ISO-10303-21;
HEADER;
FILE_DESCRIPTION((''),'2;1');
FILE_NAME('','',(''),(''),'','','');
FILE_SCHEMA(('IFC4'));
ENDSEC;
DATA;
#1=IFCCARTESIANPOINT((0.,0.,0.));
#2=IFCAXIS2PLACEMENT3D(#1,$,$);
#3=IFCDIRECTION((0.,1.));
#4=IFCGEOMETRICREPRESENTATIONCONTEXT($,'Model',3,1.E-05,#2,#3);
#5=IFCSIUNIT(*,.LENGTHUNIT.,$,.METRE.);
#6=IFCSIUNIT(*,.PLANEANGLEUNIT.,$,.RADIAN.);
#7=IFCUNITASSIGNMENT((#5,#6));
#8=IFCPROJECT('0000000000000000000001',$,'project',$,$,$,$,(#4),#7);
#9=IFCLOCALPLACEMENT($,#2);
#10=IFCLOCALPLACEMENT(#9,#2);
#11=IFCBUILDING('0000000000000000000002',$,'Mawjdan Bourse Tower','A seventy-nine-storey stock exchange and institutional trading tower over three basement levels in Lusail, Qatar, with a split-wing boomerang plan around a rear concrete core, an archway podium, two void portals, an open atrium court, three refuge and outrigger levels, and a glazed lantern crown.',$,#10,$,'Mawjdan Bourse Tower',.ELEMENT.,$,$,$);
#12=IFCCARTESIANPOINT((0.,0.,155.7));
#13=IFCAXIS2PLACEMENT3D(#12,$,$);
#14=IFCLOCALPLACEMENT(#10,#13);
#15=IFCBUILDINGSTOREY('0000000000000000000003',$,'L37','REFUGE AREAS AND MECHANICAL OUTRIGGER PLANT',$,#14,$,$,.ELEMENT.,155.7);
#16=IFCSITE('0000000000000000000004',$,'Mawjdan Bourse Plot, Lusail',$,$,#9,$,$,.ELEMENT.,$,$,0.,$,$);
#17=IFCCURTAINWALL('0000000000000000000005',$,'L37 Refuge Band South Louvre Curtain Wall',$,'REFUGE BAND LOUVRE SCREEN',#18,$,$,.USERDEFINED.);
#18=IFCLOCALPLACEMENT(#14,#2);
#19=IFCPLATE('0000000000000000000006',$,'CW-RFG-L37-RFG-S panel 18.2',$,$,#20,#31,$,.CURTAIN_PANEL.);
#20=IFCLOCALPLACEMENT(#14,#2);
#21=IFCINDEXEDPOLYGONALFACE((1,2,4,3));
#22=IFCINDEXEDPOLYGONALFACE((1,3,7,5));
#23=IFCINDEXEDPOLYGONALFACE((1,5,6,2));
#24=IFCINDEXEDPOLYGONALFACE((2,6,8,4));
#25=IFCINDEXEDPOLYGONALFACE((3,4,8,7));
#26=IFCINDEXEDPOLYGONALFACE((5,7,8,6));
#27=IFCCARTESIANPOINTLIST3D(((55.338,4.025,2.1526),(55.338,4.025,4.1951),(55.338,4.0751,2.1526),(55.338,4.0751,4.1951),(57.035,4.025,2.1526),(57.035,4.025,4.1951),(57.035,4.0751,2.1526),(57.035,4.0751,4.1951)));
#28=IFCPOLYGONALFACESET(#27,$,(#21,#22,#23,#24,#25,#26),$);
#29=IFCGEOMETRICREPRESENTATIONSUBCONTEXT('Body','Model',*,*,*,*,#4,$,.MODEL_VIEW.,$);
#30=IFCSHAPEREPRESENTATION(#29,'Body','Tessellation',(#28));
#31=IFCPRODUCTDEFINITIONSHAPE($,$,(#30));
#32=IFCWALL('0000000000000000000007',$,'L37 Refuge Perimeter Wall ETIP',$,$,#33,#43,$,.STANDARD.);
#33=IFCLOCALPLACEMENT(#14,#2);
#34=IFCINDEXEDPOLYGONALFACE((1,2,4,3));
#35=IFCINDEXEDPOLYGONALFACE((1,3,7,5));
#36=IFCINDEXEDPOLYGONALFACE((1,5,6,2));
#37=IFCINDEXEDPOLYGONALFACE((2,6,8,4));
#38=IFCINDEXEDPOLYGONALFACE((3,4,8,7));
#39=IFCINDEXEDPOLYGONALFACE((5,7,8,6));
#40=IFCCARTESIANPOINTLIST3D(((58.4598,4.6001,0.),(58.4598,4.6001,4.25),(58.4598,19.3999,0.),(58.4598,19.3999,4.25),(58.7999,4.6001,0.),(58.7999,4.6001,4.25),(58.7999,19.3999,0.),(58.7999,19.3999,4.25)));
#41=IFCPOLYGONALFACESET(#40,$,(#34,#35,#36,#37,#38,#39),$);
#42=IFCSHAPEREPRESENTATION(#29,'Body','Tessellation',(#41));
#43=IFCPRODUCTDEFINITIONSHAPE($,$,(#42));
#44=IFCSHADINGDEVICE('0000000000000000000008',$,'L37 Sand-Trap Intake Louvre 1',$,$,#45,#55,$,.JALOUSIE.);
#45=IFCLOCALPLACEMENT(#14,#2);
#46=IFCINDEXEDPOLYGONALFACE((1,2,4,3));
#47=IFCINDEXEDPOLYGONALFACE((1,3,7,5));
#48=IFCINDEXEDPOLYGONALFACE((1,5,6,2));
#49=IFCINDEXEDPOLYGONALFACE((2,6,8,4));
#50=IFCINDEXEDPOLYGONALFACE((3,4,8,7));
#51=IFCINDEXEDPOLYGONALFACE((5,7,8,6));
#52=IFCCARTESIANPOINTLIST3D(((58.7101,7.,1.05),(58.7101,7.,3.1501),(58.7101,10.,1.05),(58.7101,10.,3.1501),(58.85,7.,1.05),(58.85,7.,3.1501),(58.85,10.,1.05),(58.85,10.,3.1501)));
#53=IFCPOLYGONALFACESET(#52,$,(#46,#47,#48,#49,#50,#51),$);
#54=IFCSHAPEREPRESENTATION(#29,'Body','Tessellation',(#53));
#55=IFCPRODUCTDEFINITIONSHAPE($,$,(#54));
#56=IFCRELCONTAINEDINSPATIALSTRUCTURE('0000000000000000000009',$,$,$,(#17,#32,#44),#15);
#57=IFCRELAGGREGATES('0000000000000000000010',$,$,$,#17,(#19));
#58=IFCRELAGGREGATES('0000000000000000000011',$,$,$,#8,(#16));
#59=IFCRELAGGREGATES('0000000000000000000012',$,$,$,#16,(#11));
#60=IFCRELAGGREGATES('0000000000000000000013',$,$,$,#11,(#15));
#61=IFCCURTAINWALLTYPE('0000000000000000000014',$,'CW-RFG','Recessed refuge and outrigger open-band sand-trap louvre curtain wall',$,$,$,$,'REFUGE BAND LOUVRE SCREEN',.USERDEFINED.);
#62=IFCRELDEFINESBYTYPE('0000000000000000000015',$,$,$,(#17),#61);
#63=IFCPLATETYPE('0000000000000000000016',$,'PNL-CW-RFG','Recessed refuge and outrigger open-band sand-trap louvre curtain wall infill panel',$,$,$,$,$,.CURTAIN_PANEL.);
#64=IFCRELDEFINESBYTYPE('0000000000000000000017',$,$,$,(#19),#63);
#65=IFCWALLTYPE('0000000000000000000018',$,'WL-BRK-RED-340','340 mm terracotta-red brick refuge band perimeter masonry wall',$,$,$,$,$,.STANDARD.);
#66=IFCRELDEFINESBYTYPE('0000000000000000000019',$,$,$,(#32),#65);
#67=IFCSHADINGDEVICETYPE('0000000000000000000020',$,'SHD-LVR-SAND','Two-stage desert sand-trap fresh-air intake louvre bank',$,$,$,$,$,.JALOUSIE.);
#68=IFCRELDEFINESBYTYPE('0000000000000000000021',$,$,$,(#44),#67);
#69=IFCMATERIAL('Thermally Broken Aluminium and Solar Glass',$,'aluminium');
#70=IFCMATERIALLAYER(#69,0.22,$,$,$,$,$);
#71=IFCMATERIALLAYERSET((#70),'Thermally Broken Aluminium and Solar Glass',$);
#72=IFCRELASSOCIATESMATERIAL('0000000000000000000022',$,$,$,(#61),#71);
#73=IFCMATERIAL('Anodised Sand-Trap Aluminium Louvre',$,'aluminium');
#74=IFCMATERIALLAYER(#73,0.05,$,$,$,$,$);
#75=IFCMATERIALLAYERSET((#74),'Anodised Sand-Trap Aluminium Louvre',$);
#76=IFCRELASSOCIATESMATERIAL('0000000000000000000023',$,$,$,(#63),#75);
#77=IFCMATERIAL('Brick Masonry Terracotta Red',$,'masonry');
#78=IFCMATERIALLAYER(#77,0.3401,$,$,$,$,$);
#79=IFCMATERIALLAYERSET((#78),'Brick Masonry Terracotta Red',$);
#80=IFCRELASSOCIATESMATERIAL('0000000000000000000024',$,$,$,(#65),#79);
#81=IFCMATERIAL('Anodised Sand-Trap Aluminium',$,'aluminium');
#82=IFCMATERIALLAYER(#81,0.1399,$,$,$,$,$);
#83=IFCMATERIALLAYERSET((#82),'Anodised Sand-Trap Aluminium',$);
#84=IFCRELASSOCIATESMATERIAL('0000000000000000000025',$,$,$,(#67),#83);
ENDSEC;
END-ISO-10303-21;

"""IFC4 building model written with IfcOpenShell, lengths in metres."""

from ifc_helpers import new_model, si_unit, direction, frame, frame_2d, origin, origin_2d, place, context, subcontext, project, spatial, rectangle, extrude, material, layer, layer_set, type_object, element, aggregate, save


model = new_model("IFC4")

# Units and contexts
model_context = context("Model", 3, precision=1e-05, world=origin(), true_north=direction((0.0, 1.0)))
body_context = subcontext(model_context, "Body", "Model", "MODEL_VIEW")
ifc_project = project(units=[si_unit("LENGTHUNIT", "METRE"), si_unit("PLANEANGLEUNIT", "RADIAN")], contexts=[model_context])

# Site, building, storey
site_placement = place(None, origin())
site = spatial("IfcSite", under=ifc_project, at=site_placement, Name="Mawjdan Bourse Plot, Lusail", CompositionType="ELEMENT", RefElevation=0.0)
building_placement = place(site_placement, origin())
building = spatial("IfcBuilding", under=site, at=building_placement, Name="Mawjdan Bourse Tower", Description="A seventy-nine-storey stock exchange and institutional trading tower over three basement levels in Lusail, Qatar, with a split-wing boomerang plan around a rear concrete core, an archway podium, two void portals, an open atrium court, three refuge and outrigger levels, and a glazed lantern crown.", LongName="Mawjdan Bourse Tower", CompositionType="ELEMENT")
storey_placement = place(building_placement, frame((0.0, 0.0, 155.7)))
storey = spatial("IfcBuildingStorey", under=building, at=storey_placement, Name="L37", Description="REFUGE AREAS AND MECHANICAL OUTRIGGER PLANT", CompositionType="ELEMENT", Elevation=155.7)

# Curtain wall
ifc_material_1 = material(Name="Thermally Broken Aluminium and Solar Glass", Category="aluminium")
ifc_layer_1 = layer(ifc_material_1, 0.22)
ifc_layer_set_1 = layer_set([ifc_layer_1], Name="Thermally Broken Aluminium and Solar Glass")
curtain_wall_type = type_object("IfcCurtainWallType", Name="CW-RFG", Description="Recessed refuge and outrigger open-band sand-trap louvre curtain wall", ElementType="REFUGE BAND LOUVRE SCREEN", PredefinedType="USERDEFINED", material=ifc_layer_set_1)
curtain_wall_placement = place(storey_placement, origin())
curtain_wall = element("IfcCurtainWall", 1, at=curtain_wall_placement, inside=storey, type_object=curtain_wall_type, Name="L37 Refuge Band South Louvre Curtain Wall", ObjectType="REFUGE BAND LOUVRE SCREEN", PredefinedType="USERDEFINED")

# Plate
ifc_material_2 = material(Name="Anodised Sand-Trap Aluminium Louvre", Category="aluminium")
ifc_layer_2 = layer(ifc_material_2, 0.05)
ifc_layer_set_2 = layer_set([ifc_layer_2], Name="Anodised Sand-Trap Aluminium Louvre")
plate_type = type_object("IfcPlateType", Name="PNL-CW-RFG", Description="Recessed refuge and outrigger open-band sand-trap louvre curtain wall infill panel", PredefinedType="CURTAIN_PANEL", material=ifc_layer_set_2)
plate_1_placement = place(storey_placement, frame((56.1865, 4.05, 2.1526), z_axis=(0.0, 0.0, 1.0), x_axis=(1.0, 0.0, 0.0)))
plate_1 = element("IfcPlate", 2, at=plate_1_placement, type_object=plate_type, Name="CW-RFG-L37-RFG-S panel 18.2", PredefinedType="CURTAIN_PANEL", context=body_context, shape_type="SweptSolid", body=[
    extrude(rectangle(XDim=1.697, YDim=0.05, at=origin_2d()), origin(), (0.0, 0.0, 1.0), 2.0425),
])
aggregate(curtain_wall, [plate_1])

# Wall
ifc_material_3 = material(Name="Brick Masonry Terracotta Red", Category="masonry")
ifc_layer_3 = layer(ifc_material_3, 0.3401)
ifc_layer_set_3 = layer_set([ifc_layer_3], Name="Brick Masonry Terracotta Red")
wall_type = type_object("IfcWallType", Name="WL-BRK-RED-340", Description="340 mm terracotta-red brick refuge band perimeter masonry wall", PredefinedType="STANDARD", material=ifc_layer_set_3)
wall_placement = place(storey_placement, frame((58.6299, 4.6001, 0.0), z_axis=(0.0, 0.0, 1.0), x_axis=(0.0, 1.0, 0.0)))
element("IfcWall", 3, at=wall_placement, inside=storey, type_object=wall_type, Name="L37 Refuge Perimeter Wall ETIP", PredefinedType="STANDARD", context=body_context, shape_type="SweptSolid", body=[
    extrude(rectangle(XDim=14.7998, YDim=0.3401, at=frame_2d((7.3999, 0.0))), origin(), (0.0, 0.0, 1.0), 4.25),
])

# Shading device
ifc_material_4 = material(Name="Anodised Sand-Trap Aluminium", Category="aluminium")
ifc_layer_4 = layer(ifc_material_4, 0.1399)
ifc_layer_set_4 = layer_set([ifc_layer_4], Name="Anodised Sand-Trap Aluminium")
shading_device_type = type_object("IfcShadingDeviceType", Name="SHD-LVR-SAND", Description="Two-stage desert sand-trap fresh-air intake louvre bank", PredefinedType="JALOUSIE", material=ifc_layer_set_4)
shading_device_placement = place(storey_placement, frame((58.78, 8.5, 1.05), z_axis=(0.0, 0.0, 1.0), x_axis=(1.0, 0.0, 0.0)))
element("IfcShadingDevice", 4, at=shading_device_placement, inside=storey, type_object=shading_device_type, Name="L37 Sand-Trap Intake Louvre 1", PredefinedType="JALOUSIE", context=body_context, shape_type="SweptSolid", body=[
    extrude(rectangle(XDim=0.1399, YDim=3.0, at=origin_2d()), origin(), (0.0, 0.0, 1.0), 2.1001),
])

save(model, "model.ifc")
